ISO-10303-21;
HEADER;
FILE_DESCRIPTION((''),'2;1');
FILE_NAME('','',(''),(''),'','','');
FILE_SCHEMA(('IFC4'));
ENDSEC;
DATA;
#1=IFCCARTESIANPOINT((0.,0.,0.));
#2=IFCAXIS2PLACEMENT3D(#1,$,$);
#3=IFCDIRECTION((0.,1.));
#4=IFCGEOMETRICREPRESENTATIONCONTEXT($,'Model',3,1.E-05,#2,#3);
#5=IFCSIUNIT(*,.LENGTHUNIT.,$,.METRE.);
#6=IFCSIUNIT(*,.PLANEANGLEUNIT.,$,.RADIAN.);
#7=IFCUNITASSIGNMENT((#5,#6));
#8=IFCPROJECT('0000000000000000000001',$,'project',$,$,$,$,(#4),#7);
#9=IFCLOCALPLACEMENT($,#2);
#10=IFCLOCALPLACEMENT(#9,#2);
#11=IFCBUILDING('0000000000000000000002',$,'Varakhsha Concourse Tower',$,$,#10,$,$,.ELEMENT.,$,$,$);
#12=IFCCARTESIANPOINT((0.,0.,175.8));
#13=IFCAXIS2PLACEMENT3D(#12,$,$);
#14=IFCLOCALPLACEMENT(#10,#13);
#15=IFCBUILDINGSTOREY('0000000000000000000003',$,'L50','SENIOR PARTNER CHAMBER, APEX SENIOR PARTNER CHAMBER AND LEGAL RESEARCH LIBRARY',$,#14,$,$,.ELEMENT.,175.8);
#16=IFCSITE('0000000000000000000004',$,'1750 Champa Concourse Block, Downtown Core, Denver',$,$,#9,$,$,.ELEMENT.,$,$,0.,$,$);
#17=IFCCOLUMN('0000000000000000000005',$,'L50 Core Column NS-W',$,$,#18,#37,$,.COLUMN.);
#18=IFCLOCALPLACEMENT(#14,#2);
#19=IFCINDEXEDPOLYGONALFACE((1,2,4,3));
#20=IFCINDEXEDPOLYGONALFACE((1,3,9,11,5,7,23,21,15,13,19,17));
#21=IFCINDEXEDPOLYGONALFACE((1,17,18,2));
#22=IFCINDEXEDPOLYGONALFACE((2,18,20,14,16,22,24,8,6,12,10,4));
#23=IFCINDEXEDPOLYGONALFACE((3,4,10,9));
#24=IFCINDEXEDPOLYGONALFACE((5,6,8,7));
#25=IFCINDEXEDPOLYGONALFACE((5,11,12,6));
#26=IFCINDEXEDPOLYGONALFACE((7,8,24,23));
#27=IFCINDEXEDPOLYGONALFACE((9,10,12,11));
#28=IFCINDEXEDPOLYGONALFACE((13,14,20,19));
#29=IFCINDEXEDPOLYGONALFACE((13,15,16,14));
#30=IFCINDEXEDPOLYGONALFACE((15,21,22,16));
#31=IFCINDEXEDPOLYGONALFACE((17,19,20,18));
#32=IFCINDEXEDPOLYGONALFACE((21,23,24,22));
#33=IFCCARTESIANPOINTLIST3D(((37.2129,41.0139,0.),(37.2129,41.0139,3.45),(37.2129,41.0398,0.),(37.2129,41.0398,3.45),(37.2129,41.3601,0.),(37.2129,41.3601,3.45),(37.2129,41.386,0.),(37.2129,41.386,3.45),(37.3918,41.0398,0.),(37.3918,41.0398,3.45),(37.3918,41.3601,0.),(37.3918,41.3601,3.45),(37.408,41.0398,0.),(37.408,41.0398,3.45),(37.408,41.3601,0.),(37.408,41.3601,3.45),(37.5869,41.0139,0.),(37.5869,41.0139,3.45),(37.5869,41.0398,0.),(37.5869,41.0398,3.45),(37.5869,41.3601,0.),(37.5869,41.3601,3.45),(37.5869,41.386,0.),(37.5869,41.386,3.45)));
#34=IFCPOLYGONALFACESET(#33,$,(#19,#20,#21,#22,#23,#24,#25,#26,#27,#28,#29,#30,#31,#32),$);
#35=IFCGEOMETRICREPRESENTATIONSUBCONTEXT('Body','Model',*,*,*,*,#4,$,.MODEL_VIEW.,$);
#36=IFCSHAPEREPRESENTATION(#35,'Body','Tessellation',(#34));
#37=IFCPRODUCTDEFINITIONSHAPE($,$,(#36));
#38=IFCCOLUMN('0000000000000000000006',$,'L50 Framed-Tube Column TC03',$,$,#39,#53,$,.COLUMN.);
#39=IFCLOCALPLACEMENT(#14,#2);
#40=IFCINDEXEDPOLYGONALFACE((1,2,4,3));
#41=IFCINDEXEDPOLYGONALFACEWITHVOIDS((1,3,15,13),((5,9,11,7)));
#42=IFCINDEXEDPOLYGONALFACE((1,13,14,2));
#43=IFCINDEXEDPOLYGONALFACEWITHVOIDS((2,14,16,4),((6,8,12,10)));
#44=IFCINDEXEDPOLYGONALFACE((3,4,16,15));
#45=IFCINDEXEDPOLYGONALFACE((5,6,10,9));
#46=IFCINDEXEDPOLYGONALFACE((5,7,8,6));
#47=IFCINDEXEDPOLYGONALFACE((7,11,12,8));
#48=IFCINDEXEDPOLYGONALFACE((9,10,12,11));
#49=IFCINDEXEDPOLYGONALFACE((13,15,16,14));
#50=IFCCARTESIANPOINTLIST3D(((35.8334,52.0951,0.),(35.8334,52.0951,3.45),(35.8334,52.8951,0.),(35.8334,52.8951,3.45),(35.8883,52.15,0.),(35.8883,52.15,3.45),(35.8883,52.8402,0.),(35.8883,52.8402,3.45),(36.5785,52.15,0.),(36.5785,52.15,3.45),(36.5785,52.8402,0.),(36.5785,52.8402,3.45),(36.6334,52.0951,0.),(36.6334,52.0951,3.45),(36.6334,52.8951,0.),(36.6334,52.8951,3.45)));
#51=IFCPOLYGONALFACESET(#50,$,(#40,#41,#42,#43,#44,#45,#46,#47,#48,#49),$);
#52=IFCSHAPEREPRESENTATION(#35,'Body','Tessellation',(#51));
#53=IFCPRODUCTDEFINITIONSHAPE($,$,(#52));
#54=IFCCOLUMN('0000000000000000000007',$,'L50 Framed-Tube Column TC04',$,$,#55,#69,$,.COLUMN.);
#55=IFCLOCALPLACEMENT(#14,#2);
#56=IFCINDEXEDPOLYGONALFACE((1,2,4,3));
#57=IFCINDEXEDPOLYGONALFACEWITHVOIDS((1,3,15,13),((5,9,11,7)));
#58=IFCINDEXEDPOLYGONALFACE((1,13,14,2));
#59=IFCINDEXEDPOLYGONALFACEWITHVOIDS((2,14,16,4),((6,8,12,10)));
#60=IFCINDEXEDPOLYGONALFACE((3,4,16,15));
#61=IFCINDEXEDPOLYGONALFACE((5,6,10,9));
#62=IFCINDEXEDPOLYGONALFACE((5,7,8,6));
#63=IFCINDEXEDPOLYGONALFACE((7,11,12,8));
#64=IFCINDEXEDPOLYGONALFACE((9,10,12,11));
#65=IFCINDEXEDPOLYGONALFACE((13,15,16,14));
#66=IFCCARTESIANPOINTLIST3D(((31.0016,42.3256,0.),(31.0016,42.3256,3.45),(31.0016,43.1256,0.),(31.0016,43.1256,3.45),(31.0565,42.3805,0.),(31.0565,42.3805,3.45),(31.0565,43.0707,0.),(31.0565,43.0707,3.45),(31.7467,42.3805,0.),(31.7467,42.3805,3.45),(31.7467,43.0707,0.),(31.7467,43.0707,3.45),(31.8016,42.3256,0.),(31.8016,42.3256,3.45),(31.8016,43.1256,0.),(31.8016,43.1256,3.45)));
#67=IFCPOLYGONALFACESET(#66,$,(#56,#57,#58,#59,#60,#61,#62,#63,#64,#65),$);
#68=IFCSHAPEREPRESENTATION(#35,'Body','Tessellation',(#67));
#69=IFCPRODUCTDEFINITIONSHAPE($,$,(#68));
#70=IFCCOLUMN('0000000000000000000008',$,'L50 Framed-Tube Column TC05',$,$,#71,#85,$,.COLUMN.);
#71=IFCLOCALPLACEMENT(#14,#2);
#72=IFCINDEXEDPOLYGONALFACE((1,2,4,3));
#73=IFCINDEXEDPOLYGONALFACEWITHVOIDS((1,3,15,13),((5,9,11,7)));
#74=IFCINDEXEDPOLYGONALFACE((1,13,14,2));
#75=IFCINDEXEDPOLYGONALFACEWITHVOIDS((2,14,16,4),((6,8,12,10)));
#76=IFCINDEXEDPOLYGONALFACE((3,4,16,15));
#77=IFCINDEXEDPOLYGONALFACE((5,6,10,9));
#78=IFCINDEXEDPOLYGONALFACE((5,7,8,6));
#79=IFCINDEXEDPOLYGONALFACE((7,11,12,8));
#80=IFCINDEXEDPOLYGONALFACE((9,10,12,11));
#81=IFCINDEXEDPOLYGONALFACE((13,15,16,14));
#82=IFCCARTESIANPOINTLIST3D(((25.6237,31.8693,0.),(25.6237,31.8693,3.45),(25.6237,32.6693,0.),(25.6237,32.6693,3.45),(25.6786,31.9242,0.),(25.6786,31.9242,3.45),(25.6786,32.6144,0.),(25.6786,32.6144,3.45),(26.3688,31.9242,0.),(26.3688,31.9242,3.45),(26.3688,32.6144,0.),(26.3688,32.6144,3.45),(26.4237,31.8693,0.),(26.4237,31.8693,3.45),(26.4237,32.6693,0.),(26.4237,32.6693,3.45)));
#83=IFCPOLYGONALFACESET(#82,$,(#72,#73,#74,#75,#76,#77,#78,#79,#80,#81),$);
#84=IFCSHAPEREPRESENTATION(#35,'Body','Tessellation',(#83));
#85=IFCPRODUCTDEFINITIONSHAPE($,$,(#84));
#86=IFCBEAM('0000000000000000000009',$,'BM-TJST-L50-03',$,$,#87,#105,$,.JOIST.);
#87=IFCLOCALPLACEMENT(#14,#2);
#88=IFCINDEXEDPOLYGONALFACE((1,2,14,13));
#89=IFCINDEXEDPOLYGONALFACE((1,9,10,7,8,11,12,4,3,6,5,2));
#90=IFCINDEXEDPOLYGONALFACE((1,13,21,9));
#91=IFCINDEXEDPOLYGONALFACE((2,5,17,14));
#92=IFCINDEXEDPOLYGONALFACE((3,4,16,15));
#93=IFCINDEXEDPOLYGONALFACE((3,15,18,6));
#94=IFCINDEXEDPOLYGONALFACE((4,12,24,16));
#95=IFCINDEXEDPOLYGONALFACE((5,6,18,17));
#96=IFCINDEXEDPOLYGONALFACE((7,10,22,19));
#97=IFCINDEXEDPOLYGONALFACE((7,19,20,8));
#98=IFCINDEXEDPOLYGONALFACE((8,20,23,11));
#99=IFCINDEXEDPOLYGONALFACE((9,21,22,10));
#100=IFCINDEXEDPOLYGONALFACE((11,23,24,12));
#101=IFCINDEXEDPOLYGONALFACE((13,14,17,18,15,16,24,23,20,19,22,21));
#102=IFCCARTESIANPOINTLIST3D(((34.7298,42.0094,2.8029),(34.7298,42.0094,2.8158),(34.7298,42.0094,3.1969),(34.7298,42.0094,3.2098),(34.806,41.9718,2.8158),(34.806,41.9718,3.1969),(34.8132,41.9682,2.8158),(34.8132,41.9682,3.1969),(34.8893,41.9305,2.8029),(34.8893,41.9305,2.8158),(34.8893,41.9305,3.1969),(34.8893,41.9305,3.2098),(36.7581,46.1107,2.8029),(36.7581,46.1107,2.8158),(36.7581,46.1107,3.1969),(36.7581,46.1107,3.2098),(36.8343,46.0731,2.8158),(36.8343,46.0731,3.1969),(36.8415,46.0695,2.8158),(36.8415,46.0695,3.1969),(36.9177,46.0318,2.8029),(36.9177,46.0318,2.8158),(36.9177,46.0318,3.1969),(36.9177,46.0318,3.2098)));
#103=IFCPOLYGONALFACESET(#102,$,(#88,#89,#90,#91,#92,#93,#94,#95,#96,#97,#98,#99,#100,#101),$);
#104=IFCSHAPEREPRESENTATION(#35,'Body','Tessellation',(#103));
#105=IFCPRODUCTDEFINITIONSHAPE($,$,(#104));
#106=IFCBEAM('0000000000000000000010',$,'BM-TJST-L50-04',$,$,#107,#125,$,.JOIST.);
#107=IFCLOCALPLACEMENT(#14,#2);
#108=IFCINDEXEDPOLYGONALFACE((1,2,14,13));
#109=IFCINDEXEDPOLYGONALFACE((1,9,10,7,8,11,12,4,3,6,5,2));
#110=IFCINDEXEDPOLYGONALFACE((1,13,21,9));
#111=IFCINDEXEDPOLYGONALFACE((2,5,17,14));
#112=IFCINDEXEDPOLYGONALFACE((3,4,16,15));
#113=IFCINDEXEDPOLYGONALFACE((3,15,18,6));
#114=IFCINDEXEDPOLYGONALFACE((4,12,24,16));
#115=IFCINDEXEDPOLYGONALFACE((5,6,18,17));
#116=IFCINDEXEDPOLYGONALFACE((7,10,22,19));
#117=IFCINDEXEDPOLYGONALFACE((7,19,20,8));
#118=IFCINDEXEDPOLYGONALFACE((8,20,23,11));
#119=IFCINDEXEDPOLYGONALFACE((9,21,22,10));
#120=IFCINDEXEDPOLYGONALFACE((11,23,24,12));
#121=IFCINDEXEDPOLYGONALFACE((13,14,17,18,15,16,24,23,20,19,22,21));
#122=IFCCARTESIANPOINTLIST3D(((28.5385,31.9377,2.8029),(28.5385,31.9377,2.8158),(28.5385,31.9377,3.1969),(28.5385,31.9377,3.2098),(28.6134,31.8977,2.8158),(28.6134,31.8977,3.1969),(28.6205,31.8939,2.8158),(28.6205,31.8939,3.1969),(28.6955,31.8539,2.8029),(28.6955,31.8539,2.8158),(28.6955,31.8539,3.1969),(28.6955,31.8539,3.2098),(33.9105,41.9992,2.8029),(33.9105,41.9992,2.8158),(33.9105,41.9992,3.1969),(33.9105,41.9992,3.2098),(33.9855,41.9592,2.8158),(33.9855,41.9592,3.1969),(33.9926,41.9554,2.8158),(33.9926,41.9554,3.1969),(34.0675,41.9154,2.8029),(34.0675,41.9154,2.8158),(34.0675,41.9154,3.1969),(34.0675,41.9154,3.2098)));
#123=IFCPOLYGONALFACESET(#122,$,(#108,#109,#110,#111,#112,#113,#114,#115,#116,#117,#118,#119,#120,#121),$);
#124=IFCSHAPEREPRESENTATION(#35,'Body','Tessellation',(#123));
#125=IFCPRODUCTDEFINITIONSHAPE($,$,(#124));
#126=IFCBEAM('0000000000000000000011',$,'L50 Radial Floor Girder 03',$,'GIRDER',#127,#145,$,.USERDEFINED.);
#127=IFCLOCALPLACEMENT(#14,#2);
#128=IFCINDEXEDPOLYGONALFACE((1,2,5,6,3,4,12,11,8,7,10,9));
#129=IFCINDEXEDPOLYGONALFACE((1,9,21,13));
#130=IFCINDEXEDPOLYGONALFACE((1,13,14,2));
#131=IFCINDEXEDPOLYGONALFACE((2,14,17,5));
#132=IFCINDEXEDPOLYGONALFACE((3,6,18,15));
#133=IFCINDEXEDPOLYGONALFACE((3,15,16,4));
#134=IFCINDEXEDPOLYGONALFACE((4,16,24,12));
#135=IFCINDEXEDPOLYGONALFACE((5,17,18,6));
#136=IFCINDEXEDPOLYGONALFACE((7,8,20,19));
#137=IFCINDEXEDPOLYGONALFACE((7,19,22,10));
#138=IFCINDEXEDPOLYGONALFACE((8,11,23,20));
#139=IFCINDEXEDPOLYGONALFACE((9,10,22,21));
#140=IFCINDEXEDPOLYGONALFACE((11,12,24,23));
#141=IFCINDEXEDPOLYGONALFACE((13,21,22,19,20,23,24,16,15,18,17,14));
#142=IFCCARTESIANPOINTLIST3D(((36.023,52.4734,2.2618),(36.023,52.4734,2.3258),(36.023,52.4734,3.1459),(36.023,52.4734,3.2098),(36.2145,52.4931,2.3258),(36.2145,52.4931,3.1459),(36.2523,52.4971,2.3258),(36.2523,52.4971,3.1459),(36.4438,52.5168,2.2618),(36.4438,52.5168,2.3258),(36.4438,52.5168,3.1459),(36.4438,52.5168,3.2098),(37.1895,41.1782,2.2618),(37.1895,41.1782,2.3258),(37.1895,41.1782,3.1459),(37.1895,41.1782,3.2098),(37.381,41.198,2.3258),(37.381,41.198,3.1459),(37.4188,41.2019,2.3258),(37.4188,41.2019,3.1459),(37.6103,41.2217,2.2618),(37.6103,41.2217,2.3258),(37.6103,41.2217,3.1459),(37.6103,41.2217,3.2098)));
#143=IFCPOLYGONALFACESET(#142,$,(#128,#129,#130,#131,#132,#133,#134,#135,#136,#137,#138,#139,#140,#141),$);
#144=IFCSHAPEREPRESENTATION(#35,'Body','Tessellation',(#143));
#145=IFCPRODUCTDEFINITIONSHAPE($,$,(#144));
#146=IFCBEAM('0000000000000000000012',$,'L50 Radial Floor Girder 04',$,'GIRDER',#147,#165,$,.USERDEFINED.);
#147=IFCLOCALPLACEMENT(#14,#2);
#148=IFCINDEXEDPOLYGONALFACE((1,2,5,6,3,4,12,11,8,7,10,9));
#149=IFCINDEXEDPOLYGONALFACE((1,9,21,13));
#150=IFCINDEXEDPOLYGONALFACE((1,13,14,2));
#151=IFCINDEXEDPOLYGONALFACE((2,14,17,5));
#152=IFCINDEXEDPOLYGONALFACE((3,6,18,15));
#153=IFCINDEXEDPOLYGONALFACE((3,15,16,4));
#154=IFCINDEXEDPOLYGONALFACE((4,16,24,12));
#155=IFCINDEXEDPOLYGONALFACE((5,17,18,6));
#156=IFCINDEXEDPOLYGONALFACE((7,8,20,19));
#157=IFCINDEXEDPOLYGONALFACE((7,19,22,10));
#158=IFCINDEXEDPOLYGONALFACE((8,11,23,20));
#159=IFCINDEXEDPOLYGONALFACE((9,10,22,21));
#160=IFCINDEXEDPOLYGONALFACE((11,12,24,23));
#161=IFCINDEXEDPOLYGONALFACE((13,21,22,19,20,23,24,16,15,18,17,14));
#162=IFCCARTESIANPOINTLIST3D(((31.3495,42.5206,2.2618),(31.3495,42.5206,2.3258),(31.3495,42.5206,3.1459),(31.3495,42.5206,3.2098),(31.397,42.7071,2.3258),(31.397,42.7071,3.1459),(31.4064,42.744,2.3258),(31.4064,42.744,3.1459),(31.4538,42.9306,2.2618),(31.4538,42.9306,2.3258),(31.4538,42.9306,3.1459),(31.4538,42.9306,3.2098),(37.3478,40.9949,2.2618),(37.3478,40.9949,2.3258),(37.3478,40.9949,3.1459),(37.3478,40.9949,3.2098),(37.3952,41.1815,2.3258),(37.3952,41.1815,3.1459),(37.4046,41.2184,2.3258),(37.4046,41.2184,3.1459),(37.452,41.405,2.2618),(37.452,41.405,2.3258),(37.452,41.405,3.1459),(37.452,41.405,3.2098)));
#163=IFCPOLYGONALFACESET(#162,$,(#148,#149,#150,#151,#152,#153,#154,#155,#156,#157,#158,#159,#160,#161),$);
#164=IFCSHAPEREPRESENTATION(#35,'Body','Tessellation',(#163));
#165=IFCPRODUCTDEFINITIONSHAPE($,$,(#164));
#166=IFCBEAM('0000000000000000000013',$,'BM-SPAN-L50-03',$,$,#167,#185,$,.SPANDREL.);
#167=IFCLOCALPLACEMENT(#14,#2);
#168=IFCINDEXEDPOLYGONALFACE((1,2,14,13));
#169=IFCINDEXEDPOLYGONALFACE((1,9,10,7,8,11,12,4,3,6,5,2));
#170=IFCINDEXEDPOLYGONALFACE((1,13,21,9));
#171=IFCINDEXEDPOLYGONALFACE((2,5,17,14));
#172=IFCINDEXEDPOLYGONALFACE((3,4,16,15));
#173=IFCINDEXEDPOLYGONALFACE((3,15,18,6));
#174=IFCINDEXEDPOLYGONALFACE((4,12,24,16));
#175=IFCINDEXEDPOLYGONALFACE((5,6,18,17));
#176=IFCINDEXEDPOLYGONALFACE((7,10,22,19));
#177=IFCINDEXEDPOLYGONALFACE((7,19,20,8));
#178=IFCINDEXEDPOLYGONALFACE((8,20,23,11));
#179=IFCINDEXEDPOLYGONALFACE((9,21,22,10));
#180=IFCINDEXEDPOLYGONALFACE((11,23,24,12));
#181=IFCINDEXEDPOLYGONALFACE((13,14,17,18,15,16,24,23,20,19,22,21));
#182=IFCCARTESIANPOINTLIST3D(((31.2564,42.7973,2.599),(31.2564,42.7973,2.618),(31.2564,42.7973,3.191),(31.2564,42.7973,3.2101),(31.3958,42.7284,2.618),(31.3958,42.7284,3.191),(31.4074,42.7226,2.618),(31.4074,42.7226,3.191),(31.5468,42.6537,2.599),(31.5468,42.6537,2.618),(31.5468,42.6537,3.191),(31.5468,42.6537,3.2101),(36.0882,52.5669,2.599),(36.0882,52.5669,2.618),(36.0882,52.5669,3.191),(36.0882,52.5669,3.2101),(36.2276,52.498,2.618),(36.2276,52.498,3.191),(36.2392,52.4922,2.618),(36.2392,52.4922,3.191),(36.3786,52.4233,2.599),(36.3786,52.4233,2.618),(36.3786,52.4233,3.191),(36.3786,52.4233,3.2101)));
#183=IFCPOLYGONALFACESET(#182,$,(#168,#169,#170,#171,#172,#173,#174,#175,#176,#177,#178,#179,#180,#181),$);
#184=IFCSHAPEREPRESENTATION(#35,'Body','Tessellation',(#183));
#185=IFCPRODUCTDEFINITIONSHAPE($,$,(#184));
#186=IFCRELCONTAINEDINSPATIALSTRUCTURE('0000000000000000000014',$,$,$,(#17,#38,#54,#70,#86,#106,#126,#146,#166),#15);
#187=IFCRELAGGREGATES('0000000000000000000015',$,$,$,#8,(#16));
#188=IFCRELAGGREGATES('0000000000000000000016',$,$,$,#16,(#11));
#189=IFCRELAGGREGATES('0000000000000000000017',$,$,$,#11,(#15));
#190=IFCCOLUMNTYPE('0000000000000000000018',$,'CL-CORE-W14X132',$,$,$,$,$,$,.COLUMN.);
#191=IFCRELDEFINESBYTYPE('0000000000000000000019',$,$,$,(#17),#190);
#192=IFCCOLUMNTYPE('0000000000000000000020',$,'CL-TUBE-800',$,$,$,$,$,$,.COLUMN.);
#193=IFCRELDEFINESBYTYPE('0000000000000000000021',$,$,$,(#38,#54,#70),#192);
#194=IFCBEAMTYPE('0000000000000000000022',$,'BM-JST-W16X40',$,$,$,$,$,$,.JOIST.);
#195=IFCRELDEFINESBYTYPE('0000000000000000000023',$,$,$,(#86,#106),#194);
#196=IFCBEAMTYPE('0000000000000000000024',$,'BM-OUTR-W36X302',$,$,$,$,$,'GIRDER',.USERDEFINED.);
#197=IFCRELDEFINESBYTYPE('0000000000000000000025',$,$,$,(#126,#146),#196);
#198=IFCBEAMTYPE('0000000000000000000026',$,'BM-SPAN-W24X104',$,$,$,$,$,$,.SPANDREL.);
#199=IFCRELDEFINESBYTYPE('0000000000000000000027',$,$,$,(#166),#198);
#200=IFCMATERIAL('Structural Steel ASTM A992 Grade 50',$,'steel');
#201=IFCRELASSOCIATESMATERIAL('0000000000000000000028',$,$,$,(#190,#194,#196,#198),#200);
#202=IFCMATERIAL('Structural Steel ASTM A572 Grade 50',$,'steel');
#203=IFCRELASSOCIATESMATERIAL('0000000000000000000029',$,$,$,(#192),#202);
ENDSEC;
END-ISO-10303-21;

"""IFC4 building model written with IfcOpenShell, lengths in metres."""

from ifc_helpers import new_model, si_unit, direction, frame, origin, origin_2d, place, context, subcontext, project, spatial, hollow_rectangle, i_section, extrude, material, material_profile, profile_set, type_object, element, save


model = new_model("IFC4")

# Units and contexts
model_context = context("Model", 3, precision=1e-05, world=origin(), true_north=direction((0.0, 1.0)))
body_context = subcontext(model_context, "Body", "Model", "MODEL_VIEW")
ifc_project = project(units=[si_unit("LENGTHUNIT", "METRE"), si_unit("PLANEANGLEUNIT", "RADIAN")], contexts=[model_context])

# Site, building, storey
site_placement = place(None, origin())
site = spatial("IfcSite", under=ifc_project, at=site_placement, Name="1750 Champa Concourse Block, Downtown Core, Denver", CompositionType="ELEMENT", RefElevation=0.0)
building_placement = place(site_placement, origin())
building = spatial("IfcBuilding", under=site, at=building_placement, Name="Varakhsha Concourse Tower", CompositionType="ELEMENT")
storey_placement = place(building_placement, frame((0.0, 0.0, 175.8)))
storey = spatial("IfcBuildingStorey", under=building, at=storey_placement, Name="L50", Description="SENIOR PARTNER CHAMBER, APEX SENIOR PARTNER CHAMBER AND LEGAL RESEARCH LIBRARY", CompositionType="ELEMENT", Elevation=175.8)

# Columns
ifc_material_1 = material(Name="Structural Steel ASTM A992 Grade 50", Category="steel")
ifc_material_profile_1 = material_profile(ifc_material_1, i_section(OverallWidth=0.374, OverallDepth=0.3721, WebThickness=0.0161, FlangeThickness=0.0259, at=origin_2d()), Name="W14X132")
ifc_profile_set_1 = profile_set([ifc_material_profile_1], Name="Structural Steel ASTM A992 Grade 50")
column_type_1 = type_object("IfcColumnType", Name="CL-CORE-W14X132", PredefinedType="COLUMN", material=ifc_profile_set_1)
column_placement = place(storey_placement, frame((37.3999, 41.2, 0.0), z_axis=(0.0, 0.0, 1.0), x_axis=(1.0, 0.0, 0.0)))
element("IfcColumn", 1, at=column_placement, inside=storey, type_object=column_type_1, Name="L50 Core Column NS-W", PredefinedType="COLUMN", context=body_context, shape_type="SweptSolid", body=[
    extrude(i_section(OverallWidth=0.374, OverallDepth=0.3721, WebThickness=0.0161, FlangeThickness=0.0259, at=origin_2d()), origin(), (0.0, 0.0, 1.0), 3.45),
])
ifc_material_2 = material(Name="Structural Steel ASTM A572 Grade 50", Category="steel")
ifc_material_profile_2 = material_profile(ifc_material_2, hollow_rectangle(XDim=0.8, YDim=0.8, WallThickness=0.0549, at=origin_2d()), Name="BOX 800x800x55")
ifc_profile_set_2 = profile_set([ifc_material_profile_2], Name="Structural Steel ASTM A572 Grade 50")
column_type_2 = type_object("IfcColumnType", Name="CL-TUBE-800", PredefinedType="COLUMN", material=ifc_profile_set_2)
for number, where, z_axis, x_axis, name in (
    (2, (36.2334, 52.4951, 0.0), (0.0, 0.0, 1.0), (1.0, 0.0, 0.0), "L50 Framed-Tube Column TC03"),
    (3, (31.4016, 42.7256, 0.0), (0.0, 0.0, 1.0), (1.0, 0.0, 0.0), "L50 Framed-Tube Column TC04"),
    (4, (26.0237, 32.2693, 0.0), (0.0, 0.0, 1.0), (1.0, 0.0, 0.0), "L50 Framed-Tube Column TC05"),
):
    element("IfcColumn", number, at=place(storey_placement, frame(where, z_axis=z_axis, x_axis=x_axis)), inside=storey, type_object=column_type_2, Name=name, PredefinedType="COLUMN", context=body_context, shape_type="SweptSolid", body=[
        extrude(hollow_rectangle(XDim=0.8, YDim=0.8, WallThickness=0.0549, at=origin_2d()), origin(), (0.0, 0.0, 1.0), 3.45),
    ])

# Beams
ifc_material_profile_3 = material_profile(ifc_material_1, i_section(OverallWidth=0.178, OverallDepth=0.407, WebThickness=0.0081, FlangeThickness=0.0129, at=origin_2d()), Name="W16X40")
ifc_profile_set_3 = profile_set([ifc_material_profile_3], Name="Structural Steel ASTM A992 Grade 50")
beam_type_1 = type_object("IfcBeamType", Name="BM-JST-W16X40", PredefinedType="JOIST", material=ifc_profile_set_3)
beam_1_placement = place(storey_placement, frame((36.8379, 46.0713, 3.0063), z_axis=(-0.443303, -0.896372, 0.0), x_axis=(0.896372, -0.443303, 0.0)))
element("IfcBeam", 5, at=beam_1_placement, inside=storey, type_object=beam_type_1, Name="BM-TJST-L50-03", PredefinedType="JOIST", context=body_context, shape_type="SweptSolid", body=[
    extrude(i_section(OverallWidth=0.178, OverallDepth=0.407, WebThickness=0.0081, FlangeThickness=0.0129, at=origin_2d()), origin(), (0.0, 0.0, 1.0), 4.5754),
])
beam_2_placement = place(storey_placement, frame((33.989, 41.9573, 3.0063), z_axis=(-0.470993, -0.882137, 0.0), x_axis=(0.882137, -0.470993, 0.0)))
element("IfcBeam", 6, at=beam_2_placement, inside=storey, type_object=beam_type_1, Name="BM-TJST-L50-04", PredefinedType="JOIST", context=body_context, shape_type="SweptSolid", body=[
    extrude(i_section(OverallWidth=0.178, OverallDepth=0.407, WebThickness=0.0081, FlangeThickness=0.0129, at=origin_2d()), origin(), (0.0, 0.0, 1.0), 11.4058),
])
ifc_material_profile_4 = material_profile(ifc_material_1, i_section(OverallWidth=0.4231, OverallDepth=0.948, WebThickness=0.0381, FlangeThickness=0.064, at=origin_2d()), Name="W36X302")
ifc_profile_set_4 = profile_set([ifc_material_profile_4], Name="Structural Steel ASTM A992 Grade 50")
beam_type_2 = type_object("IfcBeamType", Name="BM-OUTR-W36X302", ElementType="GIRDER", PredefinedType="USERDEFINED", material=ifc_profile_set_4)
beam_3_placement = place(storey_placement, frame((37.3999, 41.2, 2.7358), z_axis=(-0.102728, 0.994709, 0.0), x_axis=(-0.994709, -0.102728, 0.0)))
element("IfcBeam", 7, at=beam_3_placement, inside=storey, type_object=beam_type_2, Name="L50 Radial Floor Girder 03", ObjectType="GIRDER", PredefinedType="USERDEFINED", context=body_context, shape_type="SweptSolid", body=[
    extrude(i_section(OverallWidth=0.4231, OverallDepth=0.948, WebThickness=0.0381, FlangeThickness=0.064, at=origin_2d()), origin(), (0.0, 0.0, 1.0), 11.3552),
])
beam_4_placement = place(storey_placement, frame((37.3999, 41.2, 2.7358), z_axis=(-0.969144, 0.246497, 0.0), x_axis=(-0.246497, -0.969144, 0.0)))
element("IfcBeam", 8, at=beam_4_placement, inside=storey, type_object=beam_type_2, Name="L50 Radial Floor Girder 04", ObjectType="GIRDER", PredefinedType="USERDEFINED", context=body_context, shape_type="SweptSolid", body=[
    extrude(i_section(OverallWidth=0.4231, OverallDepth=0.948, WebThickness=0.0381, FlangeThickness=0.064, at=origin_2d()), origin(), (0.0, 0.0, 1.0), 6.1892),
])
ifc_material_profile_5 = material_profile(ifc_material_1, i_section(OverallWidth=0.324, OverallDepth=0.6111, WebThickness=0.0129, FlangeThickness=0.019, at=origin_2d()), Name="W24X104")
ifc_profile_set_5 = profile_set([ifc_material_profile_5], Name="Structural Steel ASTM A992 Grade 50")
beam_type_3 = type_object("IfcBeamType", Name="BM-SPAN-W24X104", PredefinedType="SPANDREL", material=ifc_profile_set_5)
beam_5_placement = place(storey_placement, frame((36.2334, 52.4951, 2.9045), z_axis=(-0.443321, -0.896363, 0.0), x_axis=(0.896363, -0.443321, 0.0)))
element("IfcBeam", 9, at=beam_5_placement, inside=storey, type_object=beam_type_3, Name="BM-SPAN-L50-03", PredefinedType="SPANDREL", context=body_context, shape_type="SweptSolid", body=[
    extrude(i_section(OverallWidth=0.324, OverallDepth=0.6111, WebThickness=0.0129, FlangeThickness=0.019, at=origin_2d()), origin(), (0.0, 0.0, 1.0), 10.8992),
])

save(model, "model.ifc")
